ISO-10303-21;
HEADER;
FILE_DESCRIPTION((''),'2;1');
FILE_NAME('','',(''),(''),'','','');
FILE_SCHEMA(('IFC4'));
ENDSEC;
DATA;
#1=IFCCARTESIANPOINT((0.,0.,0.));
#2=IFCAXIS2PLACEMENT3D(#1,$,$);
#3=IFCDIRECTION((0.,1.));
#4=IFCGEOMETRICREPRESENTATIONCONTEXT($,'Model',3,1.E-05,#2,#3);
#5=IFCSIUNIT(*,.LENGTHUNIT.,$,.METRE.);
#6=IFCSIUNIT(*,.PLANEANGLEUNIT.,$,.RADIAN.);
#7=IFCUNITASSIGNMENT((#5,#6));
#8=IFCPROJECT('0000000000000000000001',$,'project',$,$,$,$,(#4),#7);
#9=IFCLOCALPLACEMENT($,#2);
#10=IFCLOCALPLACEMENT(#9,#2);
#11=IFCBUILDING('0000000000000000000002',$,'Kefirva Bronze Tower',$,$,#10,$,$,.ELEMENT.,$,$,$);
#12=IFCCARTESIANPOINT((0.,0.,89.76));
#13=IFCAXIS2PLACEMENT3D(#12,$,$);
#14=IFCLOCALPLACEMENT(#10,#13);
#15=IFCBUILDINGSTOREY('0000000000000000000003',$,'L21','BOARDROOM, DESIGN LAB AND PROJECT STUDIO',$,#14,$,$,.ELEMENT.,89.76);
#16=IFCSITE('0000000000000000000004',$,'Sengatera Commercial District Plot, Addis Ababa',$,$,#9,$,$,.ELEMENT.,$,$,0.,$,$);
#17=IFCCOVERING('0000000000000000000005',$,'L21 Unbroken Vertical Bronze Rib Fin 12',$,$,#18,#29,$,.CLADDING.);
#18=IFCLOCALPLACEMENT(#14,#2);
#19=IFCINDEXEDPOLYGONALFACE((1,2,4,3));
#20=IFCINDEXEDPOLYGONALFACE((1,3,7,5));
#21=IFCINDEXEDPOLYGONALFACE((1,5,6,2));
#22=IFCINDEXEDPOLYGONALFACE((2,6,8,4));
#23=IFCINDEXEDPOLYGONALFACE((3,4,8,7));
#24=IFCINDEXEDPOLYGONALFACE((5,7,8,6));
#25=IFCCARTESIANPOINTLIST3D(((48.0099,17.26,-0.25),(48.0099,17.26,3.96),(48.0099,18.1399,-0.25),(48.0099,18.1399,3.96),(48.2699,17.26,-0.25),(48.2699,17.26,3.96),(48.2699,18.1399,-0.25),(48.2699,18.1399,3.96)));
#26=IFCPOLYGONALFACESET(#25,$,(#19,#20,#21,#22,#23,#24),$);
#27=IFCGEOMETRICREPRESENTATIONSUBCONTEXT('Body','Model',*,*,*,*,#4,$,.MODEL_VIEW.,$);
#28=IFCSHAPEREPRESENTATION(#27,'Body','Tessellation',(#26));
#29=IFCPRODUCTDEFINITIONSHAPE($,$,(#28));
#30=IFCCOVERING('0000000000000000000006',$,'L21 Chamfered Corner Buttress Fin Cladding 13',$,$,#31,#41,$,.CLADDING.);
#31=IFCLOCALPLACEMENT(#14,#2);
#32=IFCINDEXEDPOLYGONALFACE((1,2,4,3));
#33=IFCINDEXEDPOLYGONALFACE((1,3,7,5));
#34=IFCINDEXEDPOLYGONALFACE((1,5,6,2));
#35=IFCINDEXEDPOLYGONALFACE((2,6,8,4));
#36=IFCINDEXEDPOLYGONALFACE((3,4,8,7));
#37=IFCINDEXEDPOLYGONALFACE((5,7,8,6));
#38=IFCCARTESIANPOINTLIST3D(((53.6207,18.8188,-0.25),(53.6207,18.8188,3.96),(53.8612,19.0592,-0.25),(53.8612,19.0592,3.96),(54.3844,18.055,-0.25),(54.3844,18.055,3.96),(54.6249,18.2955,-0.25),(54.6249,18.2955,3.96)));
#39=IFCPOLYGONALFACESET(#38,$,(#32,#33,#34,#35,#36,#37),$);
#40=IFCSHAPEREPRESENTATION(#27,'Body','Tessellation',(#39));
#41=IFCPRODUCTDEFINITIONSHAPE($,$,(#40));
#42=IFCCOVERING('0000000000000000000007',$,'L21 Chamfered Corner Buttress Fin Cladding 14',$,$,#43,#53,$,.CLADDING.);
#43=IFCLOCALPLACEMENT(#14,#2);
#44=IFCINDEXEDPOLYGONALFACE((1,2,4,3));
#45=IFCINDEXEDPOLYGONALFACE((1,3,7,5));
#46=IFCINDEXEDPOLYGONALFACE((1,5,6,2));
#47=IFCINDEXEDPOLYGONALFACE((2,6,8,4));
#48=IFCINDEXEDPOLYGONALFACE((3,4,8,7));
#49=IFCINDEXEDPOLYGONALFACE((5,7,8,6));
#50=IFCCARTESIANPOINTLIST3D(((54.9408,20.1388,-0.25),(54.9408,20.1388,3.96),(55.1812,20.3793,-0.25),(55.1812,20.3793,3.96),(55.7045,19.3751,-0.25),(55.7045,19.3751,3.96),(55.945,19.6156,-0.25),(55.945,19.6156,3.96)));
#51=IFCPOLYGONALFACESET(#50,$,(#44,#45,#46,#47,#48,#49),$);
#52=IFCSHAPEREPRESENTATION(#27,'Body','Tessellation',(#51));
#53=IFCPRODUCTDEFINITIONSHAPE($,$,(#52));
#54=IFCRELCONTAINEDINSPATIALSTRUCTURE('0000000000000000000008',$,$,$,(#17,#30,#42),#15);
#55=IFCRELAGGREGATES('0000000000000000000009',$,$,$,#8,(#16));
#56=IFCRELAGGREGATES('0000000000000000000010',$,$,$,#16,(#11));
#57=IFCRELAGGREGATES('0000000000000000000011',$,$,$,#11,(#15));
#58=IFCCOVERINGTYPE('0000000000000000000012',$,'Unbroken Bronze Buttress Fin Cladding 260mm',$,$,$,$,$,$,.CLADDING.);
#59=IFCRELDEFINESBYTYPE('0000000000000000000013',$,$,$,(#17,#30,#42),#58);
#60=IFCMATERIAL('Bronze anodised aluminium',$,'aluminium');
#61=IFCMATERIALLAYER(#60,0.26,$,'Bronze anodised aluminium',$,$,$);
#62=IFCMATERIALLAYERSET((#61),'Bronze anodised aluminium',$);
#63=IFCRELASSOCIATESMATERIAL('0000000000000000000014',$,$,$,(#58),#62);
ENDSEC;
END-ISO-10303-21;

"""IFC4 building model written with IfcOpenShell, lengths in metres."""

from ifc_helpers import new_model, si_unit, direction, frame, origin, origin_2d, place, context, subcontext, project, spatial, rectangle, extrude, material, layer, layer_set, type_object, element, save


model = new_model("IFC4")

# Units and contexts
model_context = context("Model", 3, precision=1e-05, world=origin(), true_north=direction((0.0, 1.0)))
body_context = subcontext(model_context, "Body", "Model", "MODEL_VIEW")
ifc_project = project(units=[si_unit("LENGTHUNIT", "METRE"), si_unit("PLANEANGLEUNIT", "RADIAN")], contexts=[model_context])

# Site, building, storey
site_placement = place(None, origin())
site = spatial("IfcSite", under=ifc_project, at=site_placement, Name="Sengatera Commercial District Plot, Addis Ababa", CompositionType="ELEMENT", RefElevation=0.0)
building_placement = place(site_placement, origin())
building = spatial("IfcBuilding", under=site, at=building_placement, Name="Kefirva Bronze Tower", CompositionType="ELEMENT")
storey_placement = place(building_placement, frame((0.0, 0.0, 89.76)))
storey = spatial("IfcBuildingStorey", under=building, at=storey_placement, Name="L21", Description="BOARDROOM, DESIGN LAB AND PROJECT STUDIO", CompositionType="ELEMENT", Elevation=89.76)

# Shared definitions
ifc_material_1 = material(Name="Bronze anodised aluminium", Category="aluminium")

# Coverings
ifc_layer_1 = layer(ifc_material_1, 0.26, Name="Bronze anodised aluminium")
ifc_layer_set_1 = layer_set([ifc_layer_1], Name="Bronze anodised aluminium")
covering_type_1 = type_object("IfcCoveringType", Name="Unbroken Bronze Buttress Fin Cladding 260mm", PredefinedType="CLADDING", material=ifc_layer_set_1)
for number, where, z_axis, x_axis, name in (
    (1, (48.1399, 17.7, -0.25), (0.0, 0.0, 1.0), (1.0, 0.0, 0.0), "L21 Unbroken Vertical Bronze Rib Fin 12"),
):
    element("IfcCovering", number, at=place(storey_placement, frame(where, z_axis=z_axis, x_axis=x_axis)), inside=storey, type_object=covering_type_1, Name=name, PredefinedType="CLADDING", context=body_context, shape_type="SweptSolid", body=[
        extrude(rectangle(XDim=0.26, YDim=0.8799, at=origin_2d()), origin(), (0.0, 0.0, 1.0), 4.21),
    ])
for number, where, z_axis, x_axis, name in (
    (2, (54.1228, 18.5571, -0.25), (0.0, 0.0, 1.0), (0.707107, 0.707107, 0.0), "L21 Chamfered Corner Buttress Fin Cladding 13"),
    (3, (55.4429, 19.8772, -0.25), (0.0, 0.0, 1.0), (0.707107, 0.707107, 0.0), "L21 Chamfered Corner Buttress Fin Cladding 14"),
):
    element("IfcCovering", number, at=place(storey_placement, frame(where, z_axis=z_axis, x_axis=x_axis)), inside=storey, type_object=covering_type_1, Name=name, PredefinedType="CLADDING", context=body_context, shape_type="SweptSolid", body=[
        extrude(rectangle(XDim=0.3401, YDim=1.0801, at=origin_2d()), origin(), (0.0, 0.0, 1.0), 4.21),
    ])

save(model, "model.ifc")
